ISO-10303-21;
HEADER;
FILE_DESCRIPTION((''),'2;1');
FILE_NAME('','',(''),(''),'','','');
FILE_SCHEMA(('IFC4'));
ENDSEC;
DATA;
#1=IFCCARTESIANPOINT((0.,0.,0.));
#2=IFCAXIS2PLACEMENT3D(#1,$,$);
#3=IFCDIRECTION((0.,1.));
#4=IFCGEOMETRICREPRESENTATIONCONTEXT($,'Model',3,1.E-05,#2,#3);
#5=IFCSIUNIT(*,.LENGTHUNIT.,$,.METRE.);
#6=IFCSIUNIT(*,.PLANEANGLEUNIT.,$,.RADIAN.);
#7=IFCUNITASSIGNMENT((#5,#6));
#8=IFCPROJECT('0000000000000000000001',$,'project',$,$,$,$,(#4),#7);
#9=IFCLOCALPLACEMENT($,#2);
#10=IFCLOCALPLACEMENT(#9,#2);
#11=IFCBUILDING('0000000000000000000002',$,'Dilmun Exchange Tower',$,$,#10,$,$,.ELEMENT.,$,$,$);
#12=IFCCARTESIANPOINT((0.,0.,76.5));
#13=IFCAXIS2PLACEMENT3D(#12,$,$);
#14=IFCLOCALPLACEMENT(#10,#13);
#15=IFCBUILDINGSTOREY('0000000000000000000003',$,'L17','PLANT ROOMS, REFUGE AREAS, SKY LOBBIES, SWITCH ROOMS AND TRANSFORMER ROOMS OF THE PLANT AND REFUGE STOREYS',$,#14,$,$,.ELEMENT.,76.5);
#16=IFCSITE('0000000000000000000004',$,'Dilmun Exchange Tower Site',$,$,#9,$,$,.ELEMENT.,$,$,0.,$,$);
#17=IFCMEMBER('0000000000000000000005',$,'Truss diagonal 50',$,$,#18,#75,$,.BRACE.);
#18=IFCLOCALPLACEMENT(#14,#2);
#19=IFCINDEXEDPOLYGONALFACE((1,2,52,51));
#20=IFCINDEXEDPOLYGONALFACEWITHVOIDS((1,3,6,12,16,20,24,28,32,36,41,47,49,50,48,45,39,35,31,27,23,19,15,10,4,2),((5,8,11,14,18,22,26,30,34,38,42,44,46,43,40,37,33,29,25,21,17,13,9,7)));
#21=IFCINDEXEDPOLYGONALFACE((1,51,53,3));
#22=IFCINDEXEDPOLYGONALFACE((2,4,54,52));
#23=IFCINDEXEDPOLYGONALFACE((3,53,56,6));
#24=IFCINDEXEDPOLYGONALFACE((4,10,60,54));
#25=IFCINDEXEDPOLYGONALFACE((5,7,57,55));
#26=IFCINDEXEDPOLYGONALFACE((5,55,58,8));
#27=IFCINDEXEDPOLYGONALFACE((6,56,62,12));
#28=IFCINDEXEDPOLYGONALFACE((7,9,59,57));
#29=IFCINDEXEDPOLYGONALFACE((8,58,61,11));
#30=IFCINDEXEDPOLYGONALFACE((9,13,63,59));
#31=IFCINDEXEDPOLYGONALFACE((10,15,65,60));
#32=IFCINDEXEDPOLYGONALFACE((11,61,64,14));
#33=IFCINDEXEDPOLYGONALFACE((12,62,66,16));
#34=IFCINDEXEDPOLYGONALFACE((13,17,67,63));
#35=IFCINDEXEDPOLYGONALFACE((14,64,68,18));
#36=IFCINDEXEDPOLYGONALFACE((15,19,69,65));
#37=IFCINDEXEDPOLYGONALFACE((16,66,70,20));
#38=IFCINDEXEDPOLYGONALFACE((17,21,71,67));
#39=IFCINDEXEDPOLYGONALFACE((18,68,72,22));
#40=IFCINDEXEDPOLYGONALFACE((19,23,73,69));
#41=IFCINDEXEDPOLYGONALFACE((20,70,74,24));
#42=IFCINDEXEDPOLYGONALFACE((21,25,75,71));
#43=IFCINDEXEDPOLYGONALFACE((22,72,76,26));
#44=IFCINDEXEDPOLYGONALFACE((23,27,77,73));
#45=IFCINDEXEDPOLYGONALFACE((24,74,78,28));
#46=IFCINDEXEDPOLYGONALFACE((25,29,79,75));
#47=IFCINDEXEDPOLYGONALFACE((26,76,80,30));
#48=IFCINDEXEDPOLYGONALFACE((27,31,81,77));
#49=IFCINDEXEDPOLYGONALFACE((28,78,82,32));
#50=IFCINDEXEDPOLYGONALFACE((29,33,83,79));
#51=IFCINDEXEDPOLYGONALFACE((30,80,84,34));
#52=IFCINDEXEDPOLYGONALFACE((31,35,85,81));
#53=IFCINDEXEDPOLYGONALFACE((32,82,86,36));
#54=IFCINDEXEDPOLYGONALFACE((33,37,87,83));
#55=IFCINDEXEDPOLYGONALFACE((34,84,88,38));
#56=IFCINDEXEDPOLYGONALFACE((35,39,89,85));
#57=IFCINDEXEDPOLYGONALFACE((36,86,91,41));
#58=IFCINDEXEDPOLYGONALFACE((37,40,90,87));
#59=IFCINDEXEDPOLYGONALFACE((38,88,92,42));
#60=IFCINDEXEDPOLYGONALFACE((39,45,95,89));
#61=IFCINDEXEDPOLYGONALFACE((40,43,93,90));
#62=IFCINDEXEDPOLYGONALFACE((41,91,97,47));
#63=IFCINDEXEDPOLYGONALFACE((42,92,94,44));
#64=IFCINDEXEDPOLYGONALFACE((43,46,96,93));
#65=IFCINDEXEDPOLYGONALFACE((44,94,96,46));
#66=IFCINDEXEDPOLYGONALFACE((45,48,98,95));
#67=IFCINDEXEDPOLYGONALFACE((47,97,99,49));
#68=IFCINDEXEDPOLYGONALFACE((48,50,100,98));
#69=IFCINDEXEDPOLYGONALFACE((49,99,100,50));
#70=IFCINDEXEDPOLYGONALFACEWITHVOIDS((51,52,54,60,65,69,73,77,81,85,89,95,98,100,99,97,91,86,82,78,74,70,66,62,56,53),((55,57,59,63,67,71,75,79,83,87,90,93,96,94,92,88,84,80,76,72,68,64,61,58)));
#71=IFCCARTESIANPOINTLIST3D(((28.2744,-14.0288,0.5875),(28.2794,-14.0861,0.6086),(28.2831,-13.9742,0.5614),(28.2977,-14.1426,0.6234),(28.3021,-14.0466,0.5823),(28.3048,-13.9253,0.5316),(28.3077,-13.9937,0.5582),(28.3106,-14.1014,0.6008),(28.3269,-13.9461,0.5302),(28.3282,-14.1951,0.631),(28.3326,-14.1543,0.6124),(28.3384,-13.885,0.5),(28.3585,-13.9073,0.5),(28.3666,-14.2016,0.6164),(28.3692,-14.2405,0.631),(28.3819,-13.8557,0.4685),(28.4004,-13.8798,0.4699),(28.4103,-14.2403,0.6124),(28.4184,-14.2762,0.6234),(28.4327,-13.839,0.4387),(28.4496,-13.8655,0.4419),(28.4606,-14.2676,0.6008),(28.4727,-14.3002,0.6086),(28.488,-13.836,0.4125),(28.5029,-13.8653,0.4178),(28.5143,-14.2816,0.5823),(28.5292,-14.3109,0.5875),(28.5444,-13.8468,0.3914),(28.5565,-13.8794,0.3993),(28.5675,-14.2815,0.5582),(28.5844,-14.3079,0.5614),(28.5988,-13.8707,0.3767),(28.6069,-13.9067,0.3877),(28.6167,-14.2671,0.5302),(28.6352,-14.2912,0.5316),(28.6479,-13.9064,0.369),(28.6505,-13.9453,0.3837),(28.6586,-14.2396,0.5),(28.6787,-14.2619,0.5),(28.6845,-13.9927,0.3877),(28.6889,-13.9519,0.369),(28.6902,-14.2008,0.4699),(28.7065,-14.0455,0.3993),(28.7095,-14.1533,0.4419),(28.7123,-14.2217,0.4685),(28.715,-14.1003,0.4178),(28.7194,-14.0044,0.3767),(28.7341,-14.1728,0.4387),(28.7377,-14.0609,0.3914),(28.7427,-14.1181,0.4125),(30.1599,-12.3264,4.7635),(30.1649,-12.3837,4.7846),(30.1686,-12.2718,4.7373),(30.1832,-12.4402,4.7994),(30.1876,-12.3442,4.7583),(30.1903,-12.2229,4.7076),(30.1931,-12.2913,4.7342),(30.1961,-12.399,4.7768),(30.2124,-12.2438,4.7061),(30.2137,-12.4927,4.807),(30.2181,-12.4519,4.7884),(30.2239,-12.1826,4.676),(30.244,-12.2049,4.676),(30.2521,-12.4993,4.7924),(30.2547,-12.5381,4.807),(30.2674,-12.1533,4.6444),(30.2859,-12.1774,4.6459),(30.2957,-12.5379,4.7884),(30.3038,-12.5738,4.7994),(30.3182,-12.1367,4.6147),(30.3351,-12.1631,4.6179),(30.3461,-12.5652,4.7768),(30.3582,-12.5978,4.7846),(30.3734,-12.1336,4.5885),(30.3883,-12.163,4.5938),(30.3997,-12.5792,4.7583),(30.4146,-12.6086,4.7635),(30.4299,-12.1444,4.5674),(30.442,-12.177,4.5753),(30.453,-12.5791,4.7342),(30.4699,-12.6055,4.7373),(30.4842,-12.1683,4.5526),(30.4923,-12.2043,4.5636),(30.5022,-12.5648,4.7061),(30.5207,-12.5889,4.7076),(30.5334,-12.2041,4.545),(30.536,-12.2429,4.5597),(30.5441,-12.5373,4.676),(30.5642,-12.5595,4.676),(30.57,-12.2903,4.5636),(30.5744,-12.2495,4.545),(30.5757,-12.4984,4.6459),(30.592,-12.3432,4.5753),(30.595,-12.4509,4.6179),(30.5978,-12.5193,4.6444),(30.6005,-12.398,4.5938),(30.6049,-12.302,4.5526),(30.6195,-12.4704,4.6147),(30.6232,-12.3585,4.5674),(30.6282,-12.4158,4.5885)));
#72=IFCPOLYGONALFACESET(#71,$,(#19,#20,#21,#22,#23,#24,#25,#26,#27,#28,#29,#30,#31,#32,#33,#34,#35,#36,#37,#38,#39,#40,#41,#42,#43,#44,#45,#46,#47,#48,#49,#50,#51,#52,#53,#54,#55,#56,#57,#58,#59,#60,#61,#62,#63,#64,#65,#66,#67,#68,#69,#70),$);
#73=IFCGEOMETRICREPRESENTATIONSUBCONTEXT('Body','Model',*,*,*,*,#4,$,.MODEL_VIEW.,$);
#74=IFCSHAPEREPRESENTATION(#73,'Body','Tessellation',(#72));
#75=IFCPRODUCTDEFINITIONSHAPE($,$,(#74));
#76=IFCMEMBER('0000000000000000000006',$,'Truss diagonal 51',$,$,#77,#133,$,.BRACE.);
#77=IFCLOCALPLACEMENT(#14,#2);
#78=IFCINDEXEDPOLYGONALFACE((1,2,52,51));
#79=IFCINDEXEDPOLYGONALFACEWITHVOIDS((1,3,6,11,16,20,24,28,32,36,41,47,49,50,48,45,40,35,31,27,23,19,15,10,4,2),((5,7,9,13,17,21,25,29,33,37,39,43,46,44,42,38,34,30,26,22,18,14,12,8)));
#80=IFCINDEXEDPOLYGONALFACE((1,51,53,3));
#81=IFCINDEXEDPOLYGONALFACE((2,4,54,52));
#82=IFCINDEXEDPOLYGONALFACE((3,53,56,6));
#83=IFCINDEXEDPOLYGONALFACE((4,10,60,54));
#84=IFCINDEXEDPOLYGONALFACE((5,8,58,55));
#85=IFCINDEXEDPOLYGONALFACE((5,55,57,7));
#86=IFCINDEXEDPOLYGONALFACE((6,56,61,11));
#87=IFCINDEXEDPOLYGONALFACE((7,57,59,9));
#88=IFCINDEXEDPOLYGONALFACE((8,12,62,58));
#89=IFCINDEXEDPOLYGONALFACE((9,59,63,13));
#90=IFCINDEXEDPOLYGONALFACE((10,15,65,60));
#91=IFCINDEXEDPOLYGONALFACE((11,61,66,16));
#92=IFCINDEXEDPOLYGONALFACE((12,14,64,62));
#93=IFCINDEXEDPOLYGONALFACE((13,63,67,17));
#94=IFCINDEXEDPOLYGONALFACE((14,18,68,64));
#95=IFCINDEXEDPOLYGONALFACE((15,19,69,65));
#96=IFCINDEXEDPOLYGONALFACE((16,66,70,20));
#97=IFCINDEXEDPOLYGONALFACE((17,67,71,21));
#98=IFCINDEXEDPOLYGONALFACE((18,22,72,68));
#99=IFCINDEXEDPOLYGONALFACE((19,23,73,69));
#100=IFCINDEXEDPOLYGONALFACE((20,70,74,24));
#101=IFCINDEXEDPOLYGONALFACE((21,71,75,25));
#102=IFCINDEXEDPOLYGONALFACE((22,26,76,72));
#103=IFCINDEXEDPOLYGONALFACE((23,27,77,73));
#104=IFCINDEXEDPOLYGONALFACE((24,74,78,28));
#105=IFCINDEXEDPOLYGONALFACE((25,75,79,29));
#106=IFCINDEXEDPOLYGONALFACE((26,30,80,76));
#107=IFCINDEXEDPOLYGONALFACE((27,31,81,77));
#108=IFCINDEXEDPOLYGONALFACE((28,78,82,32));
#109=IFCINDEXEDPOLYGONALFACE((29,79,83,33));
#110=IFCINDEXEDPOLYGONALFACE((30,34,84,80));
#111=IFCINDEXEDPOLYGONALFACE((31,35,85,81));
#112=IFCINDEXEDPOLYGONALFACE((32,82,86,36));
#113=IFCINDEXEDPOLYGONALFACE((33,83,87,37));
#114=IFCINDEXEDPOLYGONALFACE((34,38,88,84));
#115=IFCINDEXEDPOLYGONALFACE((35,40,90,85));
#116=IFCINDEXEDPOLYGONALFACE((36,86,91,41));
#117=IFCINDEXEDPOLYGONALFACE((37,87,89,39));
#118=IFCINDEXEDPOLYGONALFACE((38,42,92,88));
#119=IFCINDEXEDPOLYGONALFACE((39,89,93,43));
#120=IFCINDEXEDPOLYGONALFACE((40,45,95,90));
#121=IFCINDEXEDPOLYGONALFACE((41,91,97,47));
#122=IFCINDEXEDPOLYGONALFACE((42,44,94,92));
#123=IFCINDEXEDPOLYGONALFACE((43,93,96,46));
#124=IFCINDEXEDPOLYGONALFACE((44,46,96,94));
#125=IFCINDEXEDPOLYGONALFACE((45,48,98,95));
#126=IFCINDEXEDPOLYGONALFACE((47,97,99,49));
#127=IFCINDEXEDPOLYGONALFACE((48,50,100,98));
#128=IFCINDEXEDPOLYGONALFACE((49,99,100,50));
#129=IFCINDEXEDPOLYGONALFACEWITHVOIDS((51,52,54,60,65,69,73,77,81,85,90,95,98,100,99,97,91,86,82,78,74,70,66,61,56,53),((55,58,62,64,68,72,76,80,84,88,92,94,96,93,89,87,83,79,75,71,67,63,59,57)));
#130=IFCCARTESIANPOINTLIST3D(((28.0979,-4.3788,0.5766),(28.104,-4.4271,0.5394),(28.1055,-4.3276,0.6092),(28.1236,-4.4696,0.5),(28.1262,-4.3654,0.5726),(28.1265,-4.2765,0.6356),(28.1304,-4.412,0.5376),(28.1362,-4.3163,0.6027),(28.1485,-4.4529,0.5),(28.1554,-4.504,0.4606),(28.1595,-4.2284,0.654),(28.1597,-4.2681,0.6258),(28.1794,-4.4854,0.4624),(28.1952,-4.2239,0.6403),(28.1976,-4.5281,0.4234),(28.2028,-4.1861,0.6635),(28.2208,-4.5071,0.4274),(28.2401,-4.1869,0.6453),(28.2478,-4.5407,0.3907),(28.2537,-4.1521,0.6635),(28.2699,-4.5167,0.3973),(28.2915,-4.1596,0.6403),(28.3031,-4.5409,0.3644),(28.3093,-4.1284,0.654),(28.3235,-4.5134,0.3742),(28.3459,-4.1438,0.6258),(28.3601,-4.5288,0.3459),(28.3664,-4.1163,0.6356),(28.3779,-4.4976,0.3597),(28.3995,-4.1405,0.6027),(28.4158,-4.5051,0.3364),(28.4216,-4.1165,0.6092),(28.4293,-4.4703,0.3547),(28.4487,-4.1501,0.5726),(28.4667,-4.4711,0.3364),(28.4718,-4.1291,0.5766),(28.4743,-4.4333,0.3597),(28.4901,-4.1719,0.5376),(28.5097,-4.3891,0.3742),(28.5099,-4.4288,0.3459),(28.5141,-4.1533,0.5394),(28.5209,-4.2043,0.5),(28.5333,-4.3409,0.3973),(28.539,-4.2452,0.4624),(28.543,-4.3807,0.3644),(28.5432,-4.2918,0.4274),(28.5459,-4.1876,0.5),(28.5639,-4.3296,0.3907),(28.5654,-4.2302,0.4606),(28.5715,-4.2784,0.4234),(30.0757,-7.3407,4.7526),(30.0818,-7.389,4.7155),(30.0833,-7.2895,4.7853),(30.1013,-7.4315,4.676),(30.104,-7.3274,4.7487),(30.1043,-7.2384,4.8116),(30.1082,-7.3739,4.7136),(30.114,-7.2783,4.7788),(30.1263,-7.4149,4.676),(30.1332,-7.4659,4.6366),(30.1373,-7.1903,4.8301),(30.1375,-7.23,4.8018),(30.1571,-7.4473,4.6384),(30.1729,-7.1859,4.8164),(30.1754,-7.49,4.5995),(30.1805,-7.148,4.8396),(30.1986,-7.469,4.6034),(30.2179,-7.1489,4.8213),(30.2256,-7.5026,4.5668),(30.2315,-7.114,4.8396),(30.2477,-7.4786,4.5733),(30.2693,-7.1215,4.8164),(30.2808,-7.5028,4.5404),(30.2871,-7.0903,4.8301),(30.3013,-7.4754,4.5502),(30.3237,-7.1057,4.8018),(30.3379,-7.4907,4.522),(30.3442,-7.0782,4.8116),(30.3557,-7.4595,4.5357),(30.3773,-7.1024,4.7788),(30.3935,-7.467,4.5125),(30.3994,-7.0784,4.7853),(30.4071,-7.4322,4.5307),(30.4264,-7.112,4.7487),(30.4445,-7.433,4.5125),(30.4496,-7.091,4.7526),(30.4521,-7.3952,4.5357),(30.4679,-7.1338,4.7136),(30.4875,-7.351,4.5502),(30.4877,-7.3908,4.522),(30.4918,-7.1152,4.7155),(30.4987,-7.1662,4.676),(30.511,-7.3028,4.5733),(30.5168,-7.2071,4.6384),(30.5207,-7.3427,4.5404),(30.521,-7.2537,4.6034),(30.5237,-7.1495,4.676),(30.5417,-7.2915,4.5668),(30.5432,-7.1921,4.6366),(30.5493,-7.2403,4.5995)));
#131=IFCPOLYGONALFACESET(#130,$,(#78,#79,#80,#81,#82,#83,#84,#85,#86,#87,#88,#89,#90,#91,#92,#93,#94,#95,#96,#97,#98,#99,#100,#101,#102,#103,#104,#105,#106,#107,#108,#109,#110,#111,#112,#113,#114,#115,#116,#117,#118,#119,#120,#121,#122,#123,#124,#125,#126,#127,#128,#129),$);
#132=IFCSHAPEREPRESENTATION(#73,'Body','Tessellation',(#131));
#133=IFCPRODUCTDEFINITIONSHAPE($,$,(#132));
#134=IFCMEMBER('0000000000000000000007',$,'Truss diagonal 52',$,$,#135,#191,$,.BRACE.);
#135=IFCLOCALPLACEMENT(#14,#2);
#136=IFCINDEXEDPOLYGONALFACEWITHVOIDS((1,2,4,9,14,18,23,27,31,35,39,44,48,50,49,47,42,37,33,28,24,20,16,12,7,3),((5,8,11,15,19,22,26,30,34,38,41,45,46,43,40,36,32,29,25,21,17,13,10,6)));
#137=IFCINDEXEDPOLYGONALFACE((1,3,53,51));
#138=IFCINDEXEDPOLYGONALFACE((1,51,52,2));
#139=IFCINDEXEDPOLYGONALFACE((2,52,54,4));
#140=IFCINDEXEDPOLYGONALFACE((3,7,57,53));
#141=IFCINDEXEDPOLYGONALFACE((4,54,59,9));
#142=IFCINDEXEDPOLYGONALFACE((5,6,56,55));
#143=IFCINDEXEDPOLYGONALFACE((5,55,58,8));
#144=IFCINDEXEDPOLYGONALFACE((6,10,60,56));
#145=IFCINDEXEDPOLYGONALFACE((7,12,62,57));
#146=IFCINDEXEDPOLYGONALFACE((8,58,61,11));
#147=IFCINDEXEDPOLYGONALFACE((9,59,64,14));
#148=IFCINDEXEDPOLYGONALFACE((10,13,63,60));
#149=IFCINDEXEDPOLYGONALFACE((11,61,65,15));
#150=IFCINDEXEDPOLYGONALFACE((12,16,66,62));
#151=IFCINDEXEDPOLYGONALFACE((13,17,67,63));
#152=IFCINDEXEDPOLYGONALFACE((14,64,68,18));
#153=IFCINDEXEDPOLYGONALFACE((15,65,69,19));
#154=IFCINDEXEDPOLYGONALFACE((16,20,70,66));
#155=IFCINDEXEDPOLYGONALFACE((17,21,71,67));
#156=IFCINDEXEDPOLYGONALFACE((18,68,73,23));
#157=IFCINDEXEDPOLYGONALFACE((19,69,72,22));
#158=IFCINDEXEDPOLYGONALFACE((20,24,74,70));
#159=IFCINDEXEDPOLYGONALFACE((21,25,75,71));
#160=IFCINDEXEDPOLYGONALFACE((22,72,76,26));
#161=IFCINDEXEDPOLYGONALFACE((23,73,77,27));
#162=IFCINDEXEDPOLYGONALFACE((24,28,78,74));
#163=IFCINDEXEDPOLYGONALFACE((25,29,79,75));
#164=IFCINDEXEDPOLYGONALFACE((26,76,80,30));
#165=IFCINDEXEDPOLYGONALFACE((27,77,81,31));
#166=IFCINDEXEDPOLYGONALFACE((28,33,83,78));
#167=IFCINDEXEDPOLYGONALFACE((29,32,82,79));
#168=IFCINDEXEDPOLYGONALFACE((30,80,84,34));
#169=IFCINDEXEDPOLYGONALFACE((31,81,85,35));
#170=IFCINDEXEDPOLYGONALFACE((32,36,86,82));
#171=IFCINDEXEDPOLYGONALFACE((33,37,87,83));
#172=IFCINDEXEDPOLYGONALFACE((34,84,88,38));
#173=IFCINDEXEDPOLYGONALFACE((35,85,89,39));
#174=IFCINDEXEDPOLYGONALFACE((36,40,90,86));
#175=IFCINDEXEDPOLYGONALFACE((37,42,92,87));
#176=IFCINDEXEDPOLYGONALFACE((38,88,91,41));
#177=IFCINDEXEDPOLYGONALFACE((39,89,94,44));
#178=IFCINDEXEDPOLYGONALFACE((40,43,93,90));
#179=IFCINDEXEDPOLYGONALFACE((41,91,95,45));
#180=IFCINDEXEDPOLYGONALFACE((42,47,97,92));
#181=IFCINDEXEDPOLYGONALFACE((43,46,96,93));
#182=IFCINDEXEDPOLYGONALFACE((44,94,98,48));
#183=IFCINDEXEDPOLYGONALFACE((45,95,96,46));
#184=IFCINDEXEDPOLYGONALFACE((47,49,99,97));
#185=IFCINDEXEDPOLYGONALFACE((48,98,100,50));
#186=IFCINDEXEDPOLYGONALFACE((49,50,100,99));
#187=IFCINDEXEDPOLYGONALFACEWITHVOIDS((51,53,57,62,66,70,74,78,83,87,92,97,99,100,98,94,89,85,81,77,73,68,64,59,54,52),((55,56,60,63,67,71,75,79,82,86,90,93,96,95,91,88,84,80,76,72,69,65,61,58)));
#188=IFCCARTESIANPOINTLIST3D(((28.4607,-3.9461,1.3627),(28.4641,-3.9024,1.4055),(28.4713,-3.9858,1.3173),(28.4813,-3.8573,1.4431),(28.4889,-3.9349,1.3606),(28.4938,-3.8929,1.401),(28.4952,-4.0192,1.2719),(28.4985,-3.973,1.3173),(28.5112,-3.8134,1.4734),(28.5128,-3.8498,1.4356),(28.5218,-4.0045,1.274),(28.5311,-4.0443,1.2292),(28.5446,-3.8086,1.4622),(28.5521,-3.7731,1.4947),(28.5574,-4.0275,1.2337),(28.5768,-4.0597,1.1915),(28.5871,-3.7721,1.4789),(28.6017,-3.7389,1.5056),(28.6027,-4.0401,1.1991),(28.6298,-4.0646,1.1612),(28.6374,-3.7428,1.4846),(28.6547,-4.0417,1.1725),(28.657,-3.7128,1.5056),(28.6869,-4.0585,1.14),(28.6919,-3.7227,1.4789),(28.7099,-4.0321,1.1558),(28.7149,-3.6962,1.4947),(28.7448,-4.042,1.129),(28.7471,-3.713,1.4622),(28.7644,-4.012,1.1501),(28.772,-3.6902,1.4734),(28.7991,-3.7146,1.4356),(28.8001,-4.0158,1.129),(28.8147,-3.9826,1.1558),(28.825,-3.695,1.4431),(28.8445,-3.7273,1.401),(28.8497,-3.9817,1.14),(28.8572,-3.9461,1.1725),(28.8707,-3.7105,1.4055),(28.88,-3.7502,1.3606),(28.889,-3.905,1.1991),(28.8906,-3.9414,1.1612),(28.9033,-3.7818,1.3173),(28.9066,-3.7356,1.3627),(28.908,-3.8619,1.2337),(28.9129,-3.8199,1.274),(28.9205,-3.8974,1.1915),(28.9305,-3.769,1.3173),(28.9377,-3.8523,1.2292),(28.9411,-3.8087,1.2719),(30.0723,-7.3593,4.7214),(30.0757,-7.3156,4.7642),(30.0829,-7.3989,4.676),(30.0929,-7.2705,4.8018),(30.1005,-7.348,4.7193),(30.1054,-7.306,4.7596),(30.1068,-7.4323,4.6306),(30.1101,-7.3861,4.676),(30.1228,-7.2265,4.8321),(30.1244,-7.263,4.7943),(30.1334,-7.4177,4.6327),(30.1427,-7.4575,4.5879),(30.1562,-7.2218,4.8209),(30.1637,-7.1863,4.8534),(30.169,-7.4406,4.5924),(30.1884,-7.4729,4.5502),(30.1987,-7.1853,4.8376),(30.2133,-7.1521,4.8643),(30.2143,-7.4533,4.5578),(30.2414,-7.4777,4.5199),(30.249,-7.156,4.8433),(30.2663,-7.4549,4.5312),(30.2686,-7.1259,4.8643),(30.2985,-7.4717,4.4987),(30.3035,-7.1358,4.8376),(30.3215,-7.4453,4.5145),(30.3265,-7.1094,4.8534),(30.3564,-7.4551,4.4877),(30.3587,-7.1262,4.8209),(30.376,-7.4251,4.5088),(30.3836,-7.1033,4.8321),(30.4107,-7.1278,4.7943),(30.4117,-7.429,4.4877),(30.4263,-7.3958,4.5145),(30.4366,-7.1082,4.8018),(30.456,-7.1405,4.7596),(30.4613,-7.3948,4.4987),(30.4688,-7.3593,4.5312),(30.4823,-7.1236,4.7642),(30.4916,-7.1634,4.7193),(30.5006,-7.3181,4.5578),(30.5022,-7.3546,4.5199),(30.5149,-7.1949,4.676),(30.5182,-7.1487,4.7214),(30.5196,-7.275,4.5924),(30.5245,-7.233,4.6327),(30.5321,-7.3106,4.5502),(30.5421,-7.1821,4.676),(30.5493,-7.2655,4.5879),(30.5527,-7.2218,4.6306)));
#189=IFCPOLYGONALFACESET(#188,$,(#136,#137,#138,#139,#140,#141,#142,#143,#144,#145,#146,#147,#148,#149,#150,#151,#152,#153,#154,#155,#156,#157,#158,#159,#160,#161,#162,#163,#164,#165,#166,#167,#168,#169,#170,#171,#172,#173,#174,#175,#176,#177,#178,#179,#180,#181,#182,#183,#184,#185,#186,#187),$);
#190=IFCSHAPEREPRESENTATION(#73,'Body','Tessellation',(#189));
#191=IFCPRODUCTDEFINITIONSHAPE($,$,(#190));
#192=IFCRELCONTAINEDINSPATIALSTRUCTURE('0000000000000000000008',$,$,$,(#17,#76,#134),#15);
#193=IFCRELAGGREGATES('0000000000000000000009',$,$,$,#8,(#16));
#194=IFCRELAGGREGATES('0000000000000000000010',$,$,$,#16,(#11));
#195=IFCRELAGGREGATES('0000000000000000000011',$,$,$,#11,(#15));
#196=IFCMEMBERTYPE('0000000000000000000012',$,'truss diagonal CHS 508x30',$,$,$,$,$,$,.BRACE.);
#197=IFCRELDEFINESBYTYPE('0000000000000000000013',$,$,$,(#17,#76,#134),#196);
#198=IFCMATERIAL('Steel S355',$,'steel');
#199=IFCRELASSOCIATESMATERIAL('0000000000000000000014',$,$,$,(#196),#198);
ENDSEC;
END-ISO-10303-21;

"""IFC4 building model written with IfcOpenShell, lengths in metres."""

from ifc_helpers import new_model, si_unit, direction, frame, origin, origin_2d, place, context, subcontext, project, spatial, hollow_circle, extrude, material, material_profile, profile_set, type_object, element, save


model = new_model("IFC4")

# Units and contexts
model_context = context("Model", 3, precision=1e-05, world=origin(), true_north=direction((0.0, 1.0)))
body_context = subcontext(model_context, "Body", "Model", "MODEL_VIEW")
ifc_project = project(units=[si_unit("LENGTHUNIT", "METRE"), si_unit("PLANEANGLEUNIT", "RADIAN")], contexts=[model_context])

# Site, building, storey
site_placement = place(None, origin())
site = spatial("IfcSite", under=ifc_project, at=site_placement, Name="Dilmun Exchange Tower Site", CompositionType="ELEMENT", RefElevation=0.0)
building_placement = place(site_placement, origin())
building = spatial("IfcBuilding", under=site, at=building_placement, Name="Dilmun Exchange Tower", CompositionType="ELEMENT")
storey_placement = place(building_placement, frame((0.0, 0.0, 76.5)))
storey = spatial("IfcBuildingStorey", under=building, at=storey_placement, Name="L17", Description="PLANT ROOMS, REFUGE AREAS, SKY LOBBIES, SWITCH ROOMS AND TRANSFORMER ROOMS OF THE PLANT AND REFUGE STOREYS", CompositionType="ELEMENT", Elevation=76.5)

# Shared definitions
ifc_material_1 = material(Name="Steel S355", Category="steel")

# Members
ifc_material_profile_1 = material_profile(ifc_material_1, hollow_circle(Radius=0.2539, WallThickness=0.03, at=origin_2d()), Name="CHS 508x30")
ifc_profile_set_1 = profile_set([ifc_material_profile_1], Name="Steel S355")
member_type_1 = type_object("IfcMemberType", Name="truss diagonal CHS 508x30", PredefinedType="BRACE", material=ifc_profile_set_1)
member_1_placement = place(storey_placement, frame((30.394, -12.3711, 4.676), z_axis=(-0.385741, -0.348281, -0.854344), x_axis=(0.670148, -0.742228, 0.0)))
element("IfcMember", 1, at=member_1_placement, inside=storey, type_object=member_type_1, Name="Truss diagonal 50", PredefinedType="BRACE", context=body_context, shape_type="SweptSolid", body=[
    extrude(hollow_circle(Radius=0.2539, WallThickness=0.03, at=origin_2d()), origin(), (0.0, 0.0, 1.0), 4.8879),
])
member_2_placement = place(storey_placement, frame((30.3125, -7.2905, 4.676), z_axis=(-0.36035, 0.539657, -0.760867), x_axis=(-0.831639, -0.555317, 0.0)))
element("IfcMember", 2, at=member_2_placement, inside=storey, type_object=member_type_1, Name="Truss diagonal 51", PredefinedType="BRACE", context=body_context, shape_type="SweptSolid", body=[
    extrude(hollow_circle(Radius=0.2539, WallThickness=0.03, at=origin_2d()), origin(), (0.0, 0.0, 1.0), 5.4885),
])
member_3_placement = place(storey_placement, frame((30.3125, -7.2905, 4.676), z_axis=(-0.318971, 0.675537, -0.664761), x_axis=(-0.904265, -0.426971, 0.0)))
element("IfcMember", 3, at=member_3_placement, inside=storey, type_object=member_type_1, Name="Truss diagonal 52", PredefinedType="BRACE", context=body_context, shape_type="SweptSolid", body=[
    extrude(hollow_circle(Radius=0.2539, WallThickness=0.03, at=origin_2d()), origin(), (0.0, 0.0, 1.0), 5.0525),
])

save(model, "model.ifc")
